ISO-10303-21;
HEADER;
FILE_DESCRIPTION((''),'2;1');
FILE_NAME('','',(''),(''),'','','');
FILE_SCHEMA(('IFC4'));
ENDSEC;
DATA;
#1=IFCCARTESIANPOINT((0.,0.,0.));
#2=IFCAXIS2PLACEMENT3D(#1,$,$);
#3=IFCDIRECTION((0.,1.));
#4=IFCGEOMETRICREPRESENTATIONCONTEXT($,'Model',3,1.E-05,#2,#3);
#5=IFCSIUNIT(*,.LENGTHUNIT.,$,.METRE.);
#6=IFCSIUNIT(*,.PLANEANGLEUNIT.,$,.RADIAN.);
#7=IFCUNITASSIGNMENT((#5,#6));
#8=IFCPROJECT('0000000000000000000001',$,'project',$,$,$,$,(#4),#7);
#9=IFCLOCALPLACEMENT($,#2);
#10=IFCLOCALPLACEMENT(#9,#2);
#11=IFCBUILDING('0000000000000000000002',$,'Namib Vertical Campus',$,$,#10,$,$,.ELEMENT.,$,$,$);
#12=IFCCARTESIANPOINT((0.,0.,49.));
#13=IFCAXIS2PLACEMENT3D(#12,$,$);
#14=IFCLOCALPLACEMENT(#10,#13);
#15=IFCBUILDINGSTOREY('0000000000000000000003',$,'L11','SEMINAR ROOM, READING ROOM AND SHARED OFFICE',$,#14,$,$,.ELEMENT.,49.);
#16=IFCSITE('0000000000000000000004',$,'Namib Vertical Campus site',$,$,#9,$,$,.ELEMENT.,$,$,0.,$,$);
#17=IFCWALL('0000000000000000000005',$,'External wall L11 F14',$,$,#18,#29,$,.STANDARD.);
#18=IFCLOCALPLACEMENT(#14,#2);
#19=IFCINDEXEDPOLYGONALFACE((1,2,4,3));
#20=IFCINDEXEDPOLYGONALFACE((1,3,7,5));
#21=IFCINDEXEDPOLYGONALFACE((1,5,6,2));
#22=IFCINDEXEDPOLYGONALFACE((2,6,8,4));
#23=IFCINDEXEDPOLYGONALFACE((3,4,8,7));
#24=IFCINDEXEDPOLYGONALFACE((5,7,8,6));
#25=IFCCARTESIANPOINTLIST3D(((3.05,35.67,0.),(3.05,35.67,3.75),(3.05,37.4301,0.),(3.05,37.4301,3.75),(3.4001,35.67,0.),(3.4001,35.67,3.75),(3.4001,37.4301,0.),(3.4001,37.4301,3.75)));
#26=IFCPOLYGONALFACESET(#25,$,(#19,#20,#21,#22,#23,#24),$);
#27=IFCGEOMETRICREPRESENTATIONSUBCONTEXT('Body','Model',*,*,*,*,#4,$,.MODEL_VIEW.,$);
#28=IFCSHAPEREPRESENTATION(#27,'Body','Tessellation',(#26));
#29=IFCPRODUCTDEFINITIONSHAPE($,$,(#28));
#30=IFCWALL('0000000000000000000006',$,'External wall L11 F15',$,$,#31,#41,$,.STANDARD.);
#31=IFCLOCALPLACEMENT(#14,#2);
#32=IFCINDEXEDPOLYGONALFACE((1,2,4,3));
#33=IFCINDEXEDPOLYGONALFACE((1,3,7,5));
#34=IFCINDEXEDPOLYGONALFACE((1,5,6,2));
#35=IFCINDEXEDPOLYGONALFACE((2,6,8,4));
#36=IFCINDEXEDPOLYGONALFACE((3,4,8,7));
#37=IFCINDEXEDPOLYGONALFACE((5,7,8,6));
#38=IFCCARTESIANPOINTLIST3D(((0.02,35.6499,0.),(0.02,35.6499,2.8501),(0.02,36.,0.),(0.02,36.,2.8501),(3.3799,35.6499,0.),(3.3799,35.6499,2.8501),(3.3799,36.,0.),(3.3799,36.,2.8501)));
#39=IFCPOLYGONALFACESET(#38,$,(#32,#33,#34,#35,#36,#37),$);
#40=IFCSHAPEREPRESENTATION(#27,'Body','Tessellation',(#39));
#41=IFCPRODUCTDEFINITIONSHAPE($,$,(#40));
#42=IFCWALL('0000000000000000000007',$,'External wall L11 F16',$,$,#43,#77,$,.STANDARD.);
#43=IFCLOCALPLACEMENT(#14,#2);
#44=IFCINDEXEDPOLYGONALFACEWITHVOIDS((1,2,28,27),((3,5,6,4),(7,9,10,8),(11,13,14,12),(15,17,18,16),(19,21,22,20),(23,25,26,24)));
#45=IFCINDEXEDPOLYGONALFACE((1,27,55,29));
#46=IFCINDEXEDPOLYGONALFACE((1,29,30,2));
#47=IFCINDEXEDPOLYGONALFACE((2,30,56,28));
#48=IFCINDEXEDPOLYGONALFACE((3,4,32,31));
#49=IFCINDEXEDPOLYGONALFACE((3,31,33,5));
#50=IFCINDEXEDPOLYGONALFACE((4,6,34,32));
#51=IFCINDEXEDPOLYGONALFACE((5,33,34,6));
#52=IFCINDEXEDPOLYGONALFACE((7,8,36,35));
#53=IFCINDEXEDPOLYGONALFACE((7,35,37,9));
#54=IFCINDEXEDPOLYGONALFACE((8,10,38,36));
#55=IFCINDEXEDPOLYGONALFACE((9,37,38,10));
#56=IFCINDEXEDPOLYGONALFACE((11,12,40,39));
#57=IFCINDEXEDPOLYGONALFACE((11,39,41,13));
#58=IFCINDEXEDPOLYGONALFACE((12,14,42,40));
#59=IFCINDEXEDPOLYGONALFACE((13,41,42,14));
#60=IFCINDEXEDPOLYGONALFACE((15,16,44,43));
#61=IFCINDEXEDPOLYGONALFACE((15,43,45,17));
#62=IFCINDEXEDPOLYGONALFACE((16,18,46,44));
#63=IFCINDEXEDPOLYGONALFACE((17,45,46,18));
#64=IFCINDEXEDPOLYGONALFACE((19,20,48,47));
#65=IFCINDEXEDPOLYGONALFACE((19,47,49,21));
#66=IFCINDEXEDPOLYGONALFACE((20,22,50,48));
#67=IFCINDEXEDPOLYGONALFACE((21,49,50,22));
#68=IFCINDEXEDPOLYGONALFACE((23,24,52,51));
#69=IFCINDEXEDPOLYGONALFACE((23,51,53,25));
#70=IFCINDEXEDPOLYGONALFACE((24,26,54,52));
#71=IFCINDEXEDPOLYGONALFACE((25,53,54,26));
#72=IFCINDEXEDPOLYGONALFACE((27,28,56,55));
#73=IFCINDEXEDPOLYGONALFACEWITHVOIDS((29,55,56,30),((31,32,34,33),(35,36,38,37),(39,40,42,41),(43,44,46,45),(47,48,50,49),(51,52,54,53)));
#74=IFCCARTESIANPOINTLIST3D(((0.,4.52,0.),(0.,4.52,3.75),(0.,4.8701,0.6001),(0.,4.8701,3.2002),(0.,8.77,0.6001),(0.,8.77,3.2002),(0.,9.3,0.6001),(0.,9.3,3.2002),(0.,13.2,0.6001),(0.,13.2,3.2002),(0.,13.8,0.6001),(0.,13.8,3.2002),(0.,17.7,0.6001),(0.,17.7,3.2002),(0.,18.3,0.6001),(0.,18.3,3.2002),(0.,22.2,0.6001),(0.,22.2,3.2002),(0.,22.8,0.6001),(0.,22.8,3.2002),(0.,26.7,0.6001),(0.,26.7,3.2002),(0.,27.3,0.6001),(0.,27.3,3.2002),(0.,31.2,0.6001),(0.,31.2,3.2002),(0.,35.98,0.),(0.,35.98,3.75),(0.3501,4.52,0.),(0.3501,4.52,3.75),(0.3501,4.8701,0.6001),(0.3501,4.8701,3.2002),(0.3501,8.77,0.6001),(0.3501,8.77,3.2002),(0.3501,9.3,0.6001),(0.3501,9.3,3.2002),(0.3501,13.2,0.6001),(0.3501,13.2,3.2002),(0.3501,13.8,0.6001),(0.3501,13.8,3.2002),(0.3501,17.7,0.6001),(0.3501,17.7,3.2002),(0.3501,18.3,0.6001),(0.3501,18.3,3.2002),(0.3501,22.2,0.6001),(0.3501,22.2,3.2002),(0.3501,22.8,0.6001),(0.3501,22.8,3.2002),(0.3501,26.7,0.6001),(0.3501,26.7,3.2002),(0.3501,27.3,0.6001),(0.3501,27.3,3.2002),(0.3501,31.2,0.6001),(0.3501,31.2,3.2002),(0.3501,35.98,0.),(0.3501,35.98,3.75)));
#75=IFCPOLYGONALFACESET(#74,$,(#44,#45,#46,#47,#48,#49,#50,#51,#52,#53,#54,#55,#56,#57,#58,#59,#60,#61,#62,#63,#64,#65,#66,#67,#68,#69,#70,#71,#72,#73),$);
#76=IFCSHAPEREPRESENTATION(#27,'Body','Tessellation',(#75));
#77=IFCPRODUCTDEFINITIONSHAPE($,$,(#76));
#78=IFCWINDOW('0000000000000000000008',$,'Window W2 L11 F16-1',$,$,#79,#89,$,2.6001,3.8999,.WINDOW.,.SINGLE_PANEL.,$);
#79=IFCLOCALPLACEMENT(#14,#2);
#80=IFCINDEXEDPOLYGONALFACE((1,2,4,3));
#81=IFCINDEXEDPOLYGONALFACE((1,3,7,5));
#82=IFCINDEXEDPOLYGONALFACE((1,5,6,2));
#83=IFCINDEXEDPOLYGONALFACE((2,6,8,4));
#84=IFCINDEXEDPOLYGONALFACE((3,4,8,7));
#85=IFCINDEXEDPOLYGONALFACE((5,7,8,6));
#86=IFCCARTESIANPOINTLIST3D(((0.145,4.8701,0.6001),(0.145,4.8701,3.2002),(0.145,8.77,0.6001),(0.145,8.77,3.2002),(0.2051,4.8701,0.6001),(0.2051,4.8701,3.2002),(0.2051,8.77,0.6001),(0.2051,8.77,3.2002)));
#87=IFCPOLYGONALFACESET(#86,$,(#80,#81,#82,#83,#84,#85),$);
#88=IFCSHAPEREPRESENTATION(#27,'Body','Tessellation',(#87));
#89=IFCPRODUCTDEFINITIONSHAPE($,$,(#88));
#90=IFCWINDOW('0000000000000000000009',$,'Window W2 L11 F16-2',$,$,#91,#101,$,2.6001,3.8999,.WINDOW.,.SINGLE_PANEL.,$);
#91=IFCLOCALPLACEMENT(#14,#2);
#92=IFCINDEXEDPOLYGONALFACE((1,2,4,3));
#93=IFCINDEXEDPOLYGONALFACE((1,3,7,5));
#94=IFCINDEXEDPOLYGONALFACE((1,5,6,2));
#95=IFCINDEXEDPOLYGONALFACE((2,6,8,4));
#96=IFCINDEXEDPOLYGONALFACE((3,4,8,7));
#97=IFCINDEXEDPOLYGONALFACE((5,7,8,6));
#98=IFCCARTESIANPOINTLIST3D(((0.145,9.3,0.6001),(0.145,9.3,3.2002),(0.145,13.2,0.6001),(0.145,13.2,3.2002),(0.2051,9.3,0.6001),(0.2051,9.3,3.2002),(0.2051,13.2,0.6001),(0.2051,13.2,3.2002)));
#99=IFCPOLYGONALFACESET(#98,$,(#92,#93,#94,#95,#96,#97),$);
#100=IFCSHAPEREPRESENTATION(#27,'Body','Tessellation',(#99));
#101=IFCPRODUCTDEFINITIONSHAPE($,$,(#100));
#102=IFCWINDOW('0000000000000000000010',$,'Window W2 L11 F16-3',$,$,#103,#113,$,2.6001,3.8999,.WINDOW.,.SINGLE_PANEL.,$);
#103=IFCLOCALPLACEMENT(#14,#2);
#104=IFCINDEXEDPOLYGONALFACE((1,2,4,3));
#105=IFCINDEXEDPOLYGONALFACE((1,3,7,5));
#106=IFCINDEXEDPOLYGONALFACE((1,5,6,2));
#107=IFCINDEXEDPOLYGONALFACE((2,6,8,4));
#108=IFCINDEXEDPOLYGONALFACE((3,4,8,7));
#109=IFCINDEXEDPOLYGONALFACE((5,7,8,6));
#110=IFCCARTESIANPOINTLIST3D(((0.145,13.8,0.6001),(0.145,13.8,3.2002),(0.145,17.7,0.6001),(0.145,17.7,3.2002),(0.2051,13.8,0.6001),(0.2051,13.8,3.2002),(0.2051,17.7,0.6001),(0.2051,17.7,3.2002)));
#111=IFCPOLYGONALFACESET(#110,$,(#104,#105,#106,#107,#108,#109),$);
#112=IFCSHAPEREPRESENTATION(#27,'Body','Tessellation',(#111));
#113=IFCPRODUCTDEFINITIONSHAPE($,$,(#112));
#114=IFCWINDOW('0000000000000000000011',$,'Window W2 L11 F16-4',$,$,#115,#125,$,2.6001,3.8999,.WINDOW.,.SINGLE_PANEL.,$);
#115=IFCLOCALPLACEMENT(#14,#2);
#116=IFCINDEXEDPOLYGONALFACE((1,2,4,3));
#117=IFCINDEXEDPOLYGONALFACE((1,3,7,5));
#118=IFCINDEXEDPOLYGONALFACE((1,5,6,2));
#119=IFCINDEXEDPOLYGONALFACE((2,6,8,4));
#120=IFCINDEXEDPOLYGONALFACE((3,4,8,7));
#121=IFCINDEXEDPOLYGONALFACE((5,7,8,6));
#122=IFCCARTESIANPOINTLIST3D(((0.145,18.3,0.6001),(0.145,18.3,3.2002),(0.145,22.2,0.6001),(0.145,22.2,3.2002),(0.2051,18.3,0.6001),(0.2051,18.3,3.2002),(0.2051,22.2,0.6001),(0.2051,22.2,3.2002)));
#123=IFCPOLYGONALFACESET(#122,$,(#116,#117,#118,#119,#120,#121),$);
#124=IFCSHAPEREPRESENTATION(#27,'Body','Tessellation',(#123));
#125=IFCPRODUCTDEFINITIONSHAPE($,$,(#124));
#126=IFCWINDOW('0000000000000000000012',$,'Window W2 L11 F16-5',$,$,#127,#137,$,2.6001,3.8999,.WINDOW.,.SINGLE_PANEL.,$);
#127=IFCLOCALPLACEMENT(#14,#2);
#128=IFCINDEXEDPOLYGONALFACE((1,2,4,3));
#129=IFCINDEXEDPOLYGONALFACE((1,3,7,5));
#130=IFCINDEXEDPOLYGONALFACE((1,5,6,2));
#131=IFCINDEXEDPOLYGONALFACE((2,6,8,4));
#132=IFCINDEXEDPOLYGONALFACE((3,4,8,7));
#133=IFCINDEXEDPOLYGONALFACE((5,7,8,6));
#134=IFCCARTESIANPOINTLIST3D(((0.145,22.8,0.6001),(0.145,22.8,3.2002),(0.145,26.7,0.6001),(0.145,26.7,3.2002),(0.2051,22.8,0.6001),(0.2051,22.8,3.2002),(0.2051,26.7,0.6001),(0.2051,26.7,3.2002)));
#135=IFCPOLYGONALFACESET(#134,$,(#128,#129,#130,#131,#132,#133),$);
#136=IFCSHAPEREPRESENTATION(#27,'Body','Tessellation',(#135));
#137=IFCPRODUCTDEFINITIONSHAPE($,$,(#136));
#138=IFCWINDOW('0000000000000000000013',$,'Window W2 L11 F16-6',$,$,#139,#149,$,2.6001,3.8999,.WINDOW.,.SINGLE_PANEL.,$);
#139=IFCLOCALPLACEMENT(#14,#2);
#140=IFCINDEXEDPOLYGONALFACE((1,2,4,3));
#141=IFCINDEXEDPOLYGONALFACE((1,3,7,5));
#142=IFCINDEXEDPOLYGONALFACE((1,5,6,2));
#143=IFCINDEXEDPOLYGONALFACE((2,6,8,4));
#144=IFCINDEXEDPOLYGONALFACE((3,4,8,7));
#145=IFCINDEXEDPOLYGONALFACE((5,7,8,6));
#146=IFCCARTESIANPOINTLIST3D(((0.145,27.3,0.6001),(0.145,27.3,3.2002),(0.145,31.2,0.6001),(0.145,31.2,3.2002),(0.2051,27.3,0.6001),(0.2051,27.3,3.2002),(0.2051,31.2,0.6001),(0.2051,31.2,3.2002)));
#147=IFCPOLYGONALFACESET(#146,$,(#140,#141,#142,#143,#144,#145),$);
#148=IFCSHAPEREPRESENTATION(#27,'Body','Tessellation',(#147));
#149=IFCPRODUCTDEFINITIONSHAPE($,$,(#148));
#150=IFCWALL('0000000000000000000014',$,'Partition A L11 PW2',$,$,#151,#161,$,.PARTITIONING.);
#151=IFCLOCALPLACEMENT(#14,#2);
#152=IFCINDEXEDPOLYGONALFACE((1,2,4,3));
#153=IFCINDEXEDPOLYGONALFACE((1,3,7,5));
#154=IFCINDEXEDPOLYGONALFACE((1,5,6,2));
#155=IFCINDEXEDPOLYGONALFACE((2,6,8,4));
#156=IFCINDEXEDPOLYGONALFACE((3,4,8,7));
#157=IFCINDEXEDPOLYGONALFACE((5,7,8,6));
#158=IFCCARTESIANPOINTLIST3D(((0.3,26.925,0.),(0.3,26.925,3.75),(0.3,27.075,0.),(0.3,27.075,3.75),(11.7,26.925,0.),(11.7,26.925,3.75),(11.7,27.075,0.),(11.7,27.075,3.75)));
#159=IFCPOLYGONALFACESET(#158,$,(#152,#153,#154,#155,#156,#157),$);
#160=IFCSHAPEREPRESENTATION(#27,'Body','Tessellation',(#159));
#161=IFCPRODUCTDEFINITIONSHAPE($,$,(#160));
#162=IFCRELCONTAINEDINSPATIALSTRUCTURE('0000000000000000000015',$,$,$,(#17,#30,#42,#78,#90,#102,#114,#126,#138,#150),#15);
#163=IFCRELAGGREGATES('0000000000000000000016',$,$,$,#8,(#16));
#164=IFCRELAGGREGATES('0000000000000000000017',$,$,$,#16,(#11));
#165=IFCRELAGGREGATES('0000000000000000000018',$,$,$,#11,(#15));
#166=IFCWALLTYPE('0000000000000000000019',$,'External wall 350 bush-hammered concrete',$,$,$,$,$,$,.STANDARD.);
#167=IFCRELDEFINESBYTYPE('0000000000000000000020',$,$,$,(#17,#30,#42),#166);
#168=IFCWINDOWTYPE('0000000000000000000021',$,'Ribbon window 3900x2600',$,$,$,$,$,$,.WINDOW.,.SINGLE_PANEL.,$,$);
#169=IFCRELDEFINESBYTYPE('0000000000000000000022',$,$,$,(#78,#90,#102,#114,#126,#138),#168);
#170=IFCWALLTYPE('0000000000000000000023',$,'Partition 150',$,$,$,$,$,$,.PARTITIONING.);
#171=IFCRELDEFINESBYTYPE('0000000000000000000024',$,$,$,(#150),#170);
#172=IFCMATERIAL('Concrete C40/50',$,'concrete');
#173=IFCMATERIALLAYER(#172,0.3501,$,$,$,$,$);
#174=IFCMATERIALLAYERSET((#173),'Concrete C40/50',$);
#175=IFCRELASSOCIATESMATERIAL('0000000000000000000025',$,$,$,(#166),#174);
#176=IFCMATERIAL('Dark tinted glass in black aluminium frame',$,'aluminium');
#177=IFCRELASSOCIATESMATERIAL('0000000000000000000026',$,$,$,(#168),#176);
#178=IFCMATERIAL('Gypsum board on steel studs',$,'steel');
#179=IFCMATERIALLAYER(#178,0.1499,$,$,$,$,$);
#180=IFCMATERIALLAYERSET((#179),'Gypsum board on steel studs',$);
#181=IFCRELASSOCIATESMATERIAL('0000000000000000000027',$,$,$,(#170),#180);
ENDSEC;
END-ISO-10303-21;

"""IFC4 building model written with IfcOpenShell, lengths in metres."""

from ifc_helpers import new_model, si_unit, direction, frame, frame_2d, origin, place, context, subcontext, project, spatial, rectangle, extrude, material, layer, layer_set, type_object, element, fill, save


model = new_model("IFC4")

# Units and contexts
model_context = context("Model", 3, precision=1e-05, world=origin(), true_north=direction((0.0, 1.0)))
body_context = subcontext(model_context, "Body", "Model", "MODEL_VIEW")
ifc_project = project(units=[si_unit("LENGTHUNIT", "METRE"), si_unit("PLANEANGLEUNIT", "RADIAN")], contexts=[model_context])

# Site, building, storey
site_placement = place(None, origin())
site = spatial("IfcSite", under=ifc_project, at=site_placement, Name="Namib Vertical Campus site", CompositionType="ELEMENT", RefElevation=0.0)
building_placement = place(site_placement, origin())
building = spatial("IfcBuilding", under=site, at=building_placement, Name="Namib Vertical Campus", CompositionType="ELEMENT")
storey_placement = place(building_placement, frame((0.0, 0.0, 49.0)))
storey = spatial("IfcBuildingStorey", under=building, at=storey_placement, Name="L11", Description="SEMINAR ROOM, READING ROOM AND SHARED OFFICE", CompositionType="ELEMENT", Elevation=49.0)

# Walls
ifc_material_1 = material(Name="Concrete C40/50", Category="concrete")
ifc_layer_1 = layer(ifc_material_1, 0.3501)
ifc_layer_set_1 = layer_set([ifc_layer_1], Name="Concrete C40/50")
wall_type_1 = type_object("IfcWallType", Name="External wall 350 bush-hammered concrete", PredefinedType="STANDARD", material=ifc_layer_set_1)
for number, where, z_axis, x_axis, name in (
    (1, (3.2251, 37.4299, 0.0), (0.0, 0.0, 1.0), (0.0, -1.0, 0.0), "External wall L11 F14"),
):
    element("IfcWall", number, at=place(storey_placement, frame(where, z_axis=z_axis, x_axis=x_axis)), inside=storey, type_object=wall_type_1, Name=name, PredefinedType="STANDARD", context=body_context, shape_type="SweptSolid", body=[
        extrude(rectangle(XDim=1.76, YDim=0.3501, at=frame_2d((0.8799, 0.0))), origin(), (0.0, 0.0, 1.0), 3.75),
    ])
wall_1_placement = place(storey_placement, frame((3.3799, 35.825, 0.0), z_axis=(0.0, 0.0, 1.0), x_axis=(-1.0, 0.0, 0.0)))
element("IfcWall", 2, at=wall_1_placement, inside=storey, type_object=wall_type_1, Name="External wall L11 F15", PredefinedType="STANDARD", context=body_context, shape_type="SweptSolid", body=[
    extrude(rectangle(XDim=3.3599, YDim=0.3501, at=frame_2d((1.6799, 0.0))), origin(), (0.0, 0.0, 1.0), 2.8501),
])

# Wall, openings, windows
wall_2_placement = place(storey_placement, frame((0.175, 35.98, 0.0), z_axis=(0.0, 0.0, 1.0), x_axis=(0.0, -1.0, 0.0)))
wall_2 = element("IfcWall", 3, at=wall_2_placement, inside=storey, type_object=wall_type_1, Name="External wall L11 F16", PredefinedType="STANDARD", context=body_context, shape_type="SweptSolid", body=[
    extrude(rectangle(XDim=31.46, YDim=0.3501, at=frame_2d((15.73, 0.0))), origin(), (0.0, 0.0, 1.0), 3.75),
])
opening_1_placement = place(wall_2_placement, frame((27.21, 0.0, 0.6001)))
opening_1 = element("IfcOpeningElement", 4, at=opening_1_placement, cuts=wall_2, PredefinedType="OPENING", context=body_context, shape_type="SweptSolid", body=[
    extrude(rectangle(XDim=3.8999, YDim=2.6001, at=frame_2d((1.95, 1.3))), frame((0.0, 0.1851, 0.0), z_axis=(0.0, -1.0, 0.0), x_axis=(1.0, 0.0, 0.0)), (0.0, 0.0, 1.0), 0.3701),
])
opening_2_placement = place(wall_2_placement, frame((22.78, 0.0, 0.6001)))
opening_2 = element("IfcOpeningElement", 5, at=opening_2_placement, cuts=wall_2, PredefinedType="OPENING", context=body_context, shape_type="SweptSolid", body=[
    extrude(rectangle(XDim=3.8999, YDim=2.6001, at=frame_2d((1.95, 1.3))), frame((0.0, 0.1851, 0.0), z_axis=(0.0, -1.0, 0.0), x_axis=(1.0, 0.0, 0.0)), (0.0, 0.0, 1.0), 0.3701),
])
opening_3_placement = place(wall_2_placement, frame((18.28, 0.0, 0.6001)))
opening_3 = element("IfcOpeningElement", 6, at=opening_3_placement, cuts=wall_2, PredefinedType="OPENING", context=body_context, shape_type="SweptSolid", body=[
    extrude(rectangle(XDim=3.8999, YDim=2.6001, at=frame_2d((1.95, 1.3))), frame((0.0, 0.1851, 0.0), z_axis=(0.0, -1.0, 0.0), x_axis=(1.0, 0.0, 0.0)), (0.0, 0.0, 1.0), 0.3701),
])
opening_4_placement = place(wall_2_placement, frame((13.78, 0.0, 0.6001)))
opening_4 = element("IfcOpeningElement", 7, at=opening_4_placement, cuts=wall_2, PredefinedType="OPENING", context=body_context, shape_type="SweptSolid", body=[
    extrude(rectangle(XDim=3.8999, YDim=2.6001, at=frame_2d((1.95, 1.3))), frame((0.0, 0.1851, 0.0), z_axis=(0.0, -1.0, 0.0), x_axis=(1.0, 0.0, 0.0)), (0.0, 0.0, 1.0), 0.3701),
])
opening_5_placement = place(wall_2_placement, frame((9.28, 0.0, 0.6001)))
opening_5 = element("IfcOpeningElement", 8, at=opening_5_placement, cuts=wall_2, PredefinedType="OPENING", context=body_context, shape_type="SweptSolid", body=[
    extrude(rectangle(XDim=3.8999, YDim=2.6001, at=frame_2d((1.95, 1.3))), frame((0.0, 0.1851, 0.0), z_axis=(0.0, -1.0, 0.0), x_axis=(1.0, 0.0, 0.0)), (0.0, 0.0, 1.0), 0.3701),
])
opening_6_placement = place(wall_2_placement, frame((4.78, 0.0, 0.6001)))
opening_6 = element("IfcOpeningElement", 9, at=opening_6_placement, cuts=wall_2, PredefinedType="OPENING", context=body_context, shape_type="SweptSolid", body=[
    extrude(rectangle(XDim=3.8999, YDim=2.6001, at=frame_2d((1.95, 1.3))), frame((0.0, 0.1851, 0.0), z_axis=(0.0, -1.0, 0.0), x_axis=(1.0, 0.0, 0.0)), (0.0, 0.0, 1.0), 0.3701),
])
ifc_material_2 = material(Name="Dark tinted glass in black aluminium frame", Category="aluminium")
window_type = type_object("IfcWindowType", Name="Ribbon window 3900x2600", PartitioningType="SINGLE_PANEL", PredefinedType="WINDOW", material=ifc_material_2)
window_1_placement = place(opening_1_placement, origin())
window_1 = element("IfcWindow", 10, at=window_1_placement, inside=storey, type_object=window_type, Name="Window W2 L11 F16-1", OverallHeight=2.6001, OverallWidth=3.8999, PartitioningType="SINGLE_PANEL", PredefinedType="WINDOW", context=body_context, shape_type="SweptSolid", body=[
    extrude(rectangle(XDim=3.8999, YDim=2.6001, at=frame_2d((1.95, 1.3))), frame((0.0, 0.03, 0.0), z_axis=(0.0, -1.0, 0.0), x_axis=(1.0, 0.0, 0.0)), (0.0, 0.0, 1.0), 0.0601),
])
fill(opening_1, window_1)
window_2_placement = place(opening_2_placement, origin())
window_2 = element("IfcWindow", 11, at=window_2_placement, inside=storey, type_object=window_type, Name="Window W2 L11 F16-2", OverallHeight=2.6001, OverallWidth=3.8999, PartitioningType="SINGLE_PANEL", PredefinedType="WINDOW", context=body_context, shape_type="SweptSolid", body=[
    extrude(rectangle(XDim=3.8999, YDim=2.6001, at=frame_2d((1.95, 1.3))), frame((0.0, 0.03, 0.0), z_axis=(0.0, -1.0, 0.0), x_axis=(1.0, 0.0, 0.0)), (0.0, 0.0, 1.0), 0.0601),
])
fill(opening_2, window_2)
window_3_placement = place(opening_3_placement, origin())
window_3 = element("IfcWindow", 12, at=window_3_placement, inside=storey, type_object=window_type, Name="Window W2 L11 F16-3", OverallHeight=2.6001, OverallWidth=3.8999, PartitioningType="SINGLE_PANEL", PredefinedType="WINDOW", context=body_context, shape_type="SweptSolid", body=[
    extrude(rectangle(XDim=3.8999, YDim=2.6001, at=frame_2d((1.95, 1.3))), frame((0.0, 0.03, 0.0), z_axis=(0.0, -1.0, 0.0), x_axis=(1.0, 0.0, 0.0)), (0.0, 0.0, 1.0), 0.0601),
])
fill(opening_3, window_3)
window_4_placement = place(opening_4_placement, origin())
window_4 = element("IfcWindow", 13, at=window_4_placement, inside=storey, type_object=window_type, Name="Window W2 L11 F16-4", OverallHeight=2.6001, OverallWidth=3.8999, PartitioningType="SINGLE_PANEL", PredefinedType="WINDOW", context=body_context, shape_type="SweptSolid", body=[
    extrude(rectangle(XDim=3.8999, YDim=2.6001, at=frame_2d((1.95, 1.3))), frame((0.0, 0.03, 0.0), z_axis=(0.0, -1.0, 0.0), x_axis=(1.0, 0.0, 0.0)), (0.0, 0.0, 1.0), 0.0601),
])
fill(opening_4, window_4)
window_5_placement = place(opening_5_placement, origin())
window_5 = element("IfcWindow", 14, at=window_5_placement, inside=storey, type_object=window_type, Name="Window W2 L11 F16-5", OverallHeight=2.6001, OverallWidth=3.8999, PartitioningType="SINGLE_PANEL", PredefinedType="WINDOW", context=body_context, shape_type="SweptSolid", body=[
    extrude(rectangle(XDim=3.8999, YDim=2.6001, at=frame_2d((1.95, 1.3))), frame((0.0, 0.03, 0.0), z_axis=(0.0, -1.0, 0.0), x_axis=(1.0, 0.0, 0.0)), (0.0, 0.0, 1.0), 0.0601),
])
fill(opening_5, window_5)
window_6_placement = place(opening_6_placement, origin())
window_6 = element("IfcWindow", 15, at=window_6_placement, inside=storey, type_object=window_type, Name="Window W2 L11 F16-6", OverallHeight=2.6001, OverallWidth=3.8999, PartitioningType="SINGLE_PANEL", PredefinedType="WINDOW", context=body_context, shape_type="SweptSolid", body=[
    extrude(rectangle(XDim=3.8999, YDim=2.6001, at=frame_2d((1.95, 1.3))), frame((0.0, 0.03, 0.0), z_axis=(0.0, -1.0, 0.0), x_axis=(1.0, 0.0, 0.0)), (0.0, 0.0, 1.0), 0.0601),
])
fill(opening_6, window_6)

# Wall
ifc_material_3 = material(Name="Gypsum board on steel studs", Category="steel")
ifc_layer_2 = layer(ifc_material_3, 0.1499)
ifc_layer_set_2 = layer_set([ifc_layer_2], Name="Gypsum board on steel studs")
wall_type_2 = type_object("IfcWallType", Name="Partition 150", PredefinedType="PARTITIONING", material=ifc_layer_set_2)
wall_3_placement = place(storey_placement, frame((0.3, 27.0, 0.0), z_axis=(0.0, 0.0, 1.0), x_axis=(1.0, 0.0, 0.0)))
element("IfcWall", 16, at=wall_3_placement, inside=storey, type_object=wall_type_2, Name="Partition A L11 PW2", PredefinedType="PARTITIONING", context=body_context, shape_type="SweptSolid", body=[
    extrude(rectangle(XDim=11.3999, YDim=0.1499, at=frame_2d((5.7, 0.0))), origin(), (0.0, 0.0, 1.0), 3.75),
])

save(model, "model.ifc")
